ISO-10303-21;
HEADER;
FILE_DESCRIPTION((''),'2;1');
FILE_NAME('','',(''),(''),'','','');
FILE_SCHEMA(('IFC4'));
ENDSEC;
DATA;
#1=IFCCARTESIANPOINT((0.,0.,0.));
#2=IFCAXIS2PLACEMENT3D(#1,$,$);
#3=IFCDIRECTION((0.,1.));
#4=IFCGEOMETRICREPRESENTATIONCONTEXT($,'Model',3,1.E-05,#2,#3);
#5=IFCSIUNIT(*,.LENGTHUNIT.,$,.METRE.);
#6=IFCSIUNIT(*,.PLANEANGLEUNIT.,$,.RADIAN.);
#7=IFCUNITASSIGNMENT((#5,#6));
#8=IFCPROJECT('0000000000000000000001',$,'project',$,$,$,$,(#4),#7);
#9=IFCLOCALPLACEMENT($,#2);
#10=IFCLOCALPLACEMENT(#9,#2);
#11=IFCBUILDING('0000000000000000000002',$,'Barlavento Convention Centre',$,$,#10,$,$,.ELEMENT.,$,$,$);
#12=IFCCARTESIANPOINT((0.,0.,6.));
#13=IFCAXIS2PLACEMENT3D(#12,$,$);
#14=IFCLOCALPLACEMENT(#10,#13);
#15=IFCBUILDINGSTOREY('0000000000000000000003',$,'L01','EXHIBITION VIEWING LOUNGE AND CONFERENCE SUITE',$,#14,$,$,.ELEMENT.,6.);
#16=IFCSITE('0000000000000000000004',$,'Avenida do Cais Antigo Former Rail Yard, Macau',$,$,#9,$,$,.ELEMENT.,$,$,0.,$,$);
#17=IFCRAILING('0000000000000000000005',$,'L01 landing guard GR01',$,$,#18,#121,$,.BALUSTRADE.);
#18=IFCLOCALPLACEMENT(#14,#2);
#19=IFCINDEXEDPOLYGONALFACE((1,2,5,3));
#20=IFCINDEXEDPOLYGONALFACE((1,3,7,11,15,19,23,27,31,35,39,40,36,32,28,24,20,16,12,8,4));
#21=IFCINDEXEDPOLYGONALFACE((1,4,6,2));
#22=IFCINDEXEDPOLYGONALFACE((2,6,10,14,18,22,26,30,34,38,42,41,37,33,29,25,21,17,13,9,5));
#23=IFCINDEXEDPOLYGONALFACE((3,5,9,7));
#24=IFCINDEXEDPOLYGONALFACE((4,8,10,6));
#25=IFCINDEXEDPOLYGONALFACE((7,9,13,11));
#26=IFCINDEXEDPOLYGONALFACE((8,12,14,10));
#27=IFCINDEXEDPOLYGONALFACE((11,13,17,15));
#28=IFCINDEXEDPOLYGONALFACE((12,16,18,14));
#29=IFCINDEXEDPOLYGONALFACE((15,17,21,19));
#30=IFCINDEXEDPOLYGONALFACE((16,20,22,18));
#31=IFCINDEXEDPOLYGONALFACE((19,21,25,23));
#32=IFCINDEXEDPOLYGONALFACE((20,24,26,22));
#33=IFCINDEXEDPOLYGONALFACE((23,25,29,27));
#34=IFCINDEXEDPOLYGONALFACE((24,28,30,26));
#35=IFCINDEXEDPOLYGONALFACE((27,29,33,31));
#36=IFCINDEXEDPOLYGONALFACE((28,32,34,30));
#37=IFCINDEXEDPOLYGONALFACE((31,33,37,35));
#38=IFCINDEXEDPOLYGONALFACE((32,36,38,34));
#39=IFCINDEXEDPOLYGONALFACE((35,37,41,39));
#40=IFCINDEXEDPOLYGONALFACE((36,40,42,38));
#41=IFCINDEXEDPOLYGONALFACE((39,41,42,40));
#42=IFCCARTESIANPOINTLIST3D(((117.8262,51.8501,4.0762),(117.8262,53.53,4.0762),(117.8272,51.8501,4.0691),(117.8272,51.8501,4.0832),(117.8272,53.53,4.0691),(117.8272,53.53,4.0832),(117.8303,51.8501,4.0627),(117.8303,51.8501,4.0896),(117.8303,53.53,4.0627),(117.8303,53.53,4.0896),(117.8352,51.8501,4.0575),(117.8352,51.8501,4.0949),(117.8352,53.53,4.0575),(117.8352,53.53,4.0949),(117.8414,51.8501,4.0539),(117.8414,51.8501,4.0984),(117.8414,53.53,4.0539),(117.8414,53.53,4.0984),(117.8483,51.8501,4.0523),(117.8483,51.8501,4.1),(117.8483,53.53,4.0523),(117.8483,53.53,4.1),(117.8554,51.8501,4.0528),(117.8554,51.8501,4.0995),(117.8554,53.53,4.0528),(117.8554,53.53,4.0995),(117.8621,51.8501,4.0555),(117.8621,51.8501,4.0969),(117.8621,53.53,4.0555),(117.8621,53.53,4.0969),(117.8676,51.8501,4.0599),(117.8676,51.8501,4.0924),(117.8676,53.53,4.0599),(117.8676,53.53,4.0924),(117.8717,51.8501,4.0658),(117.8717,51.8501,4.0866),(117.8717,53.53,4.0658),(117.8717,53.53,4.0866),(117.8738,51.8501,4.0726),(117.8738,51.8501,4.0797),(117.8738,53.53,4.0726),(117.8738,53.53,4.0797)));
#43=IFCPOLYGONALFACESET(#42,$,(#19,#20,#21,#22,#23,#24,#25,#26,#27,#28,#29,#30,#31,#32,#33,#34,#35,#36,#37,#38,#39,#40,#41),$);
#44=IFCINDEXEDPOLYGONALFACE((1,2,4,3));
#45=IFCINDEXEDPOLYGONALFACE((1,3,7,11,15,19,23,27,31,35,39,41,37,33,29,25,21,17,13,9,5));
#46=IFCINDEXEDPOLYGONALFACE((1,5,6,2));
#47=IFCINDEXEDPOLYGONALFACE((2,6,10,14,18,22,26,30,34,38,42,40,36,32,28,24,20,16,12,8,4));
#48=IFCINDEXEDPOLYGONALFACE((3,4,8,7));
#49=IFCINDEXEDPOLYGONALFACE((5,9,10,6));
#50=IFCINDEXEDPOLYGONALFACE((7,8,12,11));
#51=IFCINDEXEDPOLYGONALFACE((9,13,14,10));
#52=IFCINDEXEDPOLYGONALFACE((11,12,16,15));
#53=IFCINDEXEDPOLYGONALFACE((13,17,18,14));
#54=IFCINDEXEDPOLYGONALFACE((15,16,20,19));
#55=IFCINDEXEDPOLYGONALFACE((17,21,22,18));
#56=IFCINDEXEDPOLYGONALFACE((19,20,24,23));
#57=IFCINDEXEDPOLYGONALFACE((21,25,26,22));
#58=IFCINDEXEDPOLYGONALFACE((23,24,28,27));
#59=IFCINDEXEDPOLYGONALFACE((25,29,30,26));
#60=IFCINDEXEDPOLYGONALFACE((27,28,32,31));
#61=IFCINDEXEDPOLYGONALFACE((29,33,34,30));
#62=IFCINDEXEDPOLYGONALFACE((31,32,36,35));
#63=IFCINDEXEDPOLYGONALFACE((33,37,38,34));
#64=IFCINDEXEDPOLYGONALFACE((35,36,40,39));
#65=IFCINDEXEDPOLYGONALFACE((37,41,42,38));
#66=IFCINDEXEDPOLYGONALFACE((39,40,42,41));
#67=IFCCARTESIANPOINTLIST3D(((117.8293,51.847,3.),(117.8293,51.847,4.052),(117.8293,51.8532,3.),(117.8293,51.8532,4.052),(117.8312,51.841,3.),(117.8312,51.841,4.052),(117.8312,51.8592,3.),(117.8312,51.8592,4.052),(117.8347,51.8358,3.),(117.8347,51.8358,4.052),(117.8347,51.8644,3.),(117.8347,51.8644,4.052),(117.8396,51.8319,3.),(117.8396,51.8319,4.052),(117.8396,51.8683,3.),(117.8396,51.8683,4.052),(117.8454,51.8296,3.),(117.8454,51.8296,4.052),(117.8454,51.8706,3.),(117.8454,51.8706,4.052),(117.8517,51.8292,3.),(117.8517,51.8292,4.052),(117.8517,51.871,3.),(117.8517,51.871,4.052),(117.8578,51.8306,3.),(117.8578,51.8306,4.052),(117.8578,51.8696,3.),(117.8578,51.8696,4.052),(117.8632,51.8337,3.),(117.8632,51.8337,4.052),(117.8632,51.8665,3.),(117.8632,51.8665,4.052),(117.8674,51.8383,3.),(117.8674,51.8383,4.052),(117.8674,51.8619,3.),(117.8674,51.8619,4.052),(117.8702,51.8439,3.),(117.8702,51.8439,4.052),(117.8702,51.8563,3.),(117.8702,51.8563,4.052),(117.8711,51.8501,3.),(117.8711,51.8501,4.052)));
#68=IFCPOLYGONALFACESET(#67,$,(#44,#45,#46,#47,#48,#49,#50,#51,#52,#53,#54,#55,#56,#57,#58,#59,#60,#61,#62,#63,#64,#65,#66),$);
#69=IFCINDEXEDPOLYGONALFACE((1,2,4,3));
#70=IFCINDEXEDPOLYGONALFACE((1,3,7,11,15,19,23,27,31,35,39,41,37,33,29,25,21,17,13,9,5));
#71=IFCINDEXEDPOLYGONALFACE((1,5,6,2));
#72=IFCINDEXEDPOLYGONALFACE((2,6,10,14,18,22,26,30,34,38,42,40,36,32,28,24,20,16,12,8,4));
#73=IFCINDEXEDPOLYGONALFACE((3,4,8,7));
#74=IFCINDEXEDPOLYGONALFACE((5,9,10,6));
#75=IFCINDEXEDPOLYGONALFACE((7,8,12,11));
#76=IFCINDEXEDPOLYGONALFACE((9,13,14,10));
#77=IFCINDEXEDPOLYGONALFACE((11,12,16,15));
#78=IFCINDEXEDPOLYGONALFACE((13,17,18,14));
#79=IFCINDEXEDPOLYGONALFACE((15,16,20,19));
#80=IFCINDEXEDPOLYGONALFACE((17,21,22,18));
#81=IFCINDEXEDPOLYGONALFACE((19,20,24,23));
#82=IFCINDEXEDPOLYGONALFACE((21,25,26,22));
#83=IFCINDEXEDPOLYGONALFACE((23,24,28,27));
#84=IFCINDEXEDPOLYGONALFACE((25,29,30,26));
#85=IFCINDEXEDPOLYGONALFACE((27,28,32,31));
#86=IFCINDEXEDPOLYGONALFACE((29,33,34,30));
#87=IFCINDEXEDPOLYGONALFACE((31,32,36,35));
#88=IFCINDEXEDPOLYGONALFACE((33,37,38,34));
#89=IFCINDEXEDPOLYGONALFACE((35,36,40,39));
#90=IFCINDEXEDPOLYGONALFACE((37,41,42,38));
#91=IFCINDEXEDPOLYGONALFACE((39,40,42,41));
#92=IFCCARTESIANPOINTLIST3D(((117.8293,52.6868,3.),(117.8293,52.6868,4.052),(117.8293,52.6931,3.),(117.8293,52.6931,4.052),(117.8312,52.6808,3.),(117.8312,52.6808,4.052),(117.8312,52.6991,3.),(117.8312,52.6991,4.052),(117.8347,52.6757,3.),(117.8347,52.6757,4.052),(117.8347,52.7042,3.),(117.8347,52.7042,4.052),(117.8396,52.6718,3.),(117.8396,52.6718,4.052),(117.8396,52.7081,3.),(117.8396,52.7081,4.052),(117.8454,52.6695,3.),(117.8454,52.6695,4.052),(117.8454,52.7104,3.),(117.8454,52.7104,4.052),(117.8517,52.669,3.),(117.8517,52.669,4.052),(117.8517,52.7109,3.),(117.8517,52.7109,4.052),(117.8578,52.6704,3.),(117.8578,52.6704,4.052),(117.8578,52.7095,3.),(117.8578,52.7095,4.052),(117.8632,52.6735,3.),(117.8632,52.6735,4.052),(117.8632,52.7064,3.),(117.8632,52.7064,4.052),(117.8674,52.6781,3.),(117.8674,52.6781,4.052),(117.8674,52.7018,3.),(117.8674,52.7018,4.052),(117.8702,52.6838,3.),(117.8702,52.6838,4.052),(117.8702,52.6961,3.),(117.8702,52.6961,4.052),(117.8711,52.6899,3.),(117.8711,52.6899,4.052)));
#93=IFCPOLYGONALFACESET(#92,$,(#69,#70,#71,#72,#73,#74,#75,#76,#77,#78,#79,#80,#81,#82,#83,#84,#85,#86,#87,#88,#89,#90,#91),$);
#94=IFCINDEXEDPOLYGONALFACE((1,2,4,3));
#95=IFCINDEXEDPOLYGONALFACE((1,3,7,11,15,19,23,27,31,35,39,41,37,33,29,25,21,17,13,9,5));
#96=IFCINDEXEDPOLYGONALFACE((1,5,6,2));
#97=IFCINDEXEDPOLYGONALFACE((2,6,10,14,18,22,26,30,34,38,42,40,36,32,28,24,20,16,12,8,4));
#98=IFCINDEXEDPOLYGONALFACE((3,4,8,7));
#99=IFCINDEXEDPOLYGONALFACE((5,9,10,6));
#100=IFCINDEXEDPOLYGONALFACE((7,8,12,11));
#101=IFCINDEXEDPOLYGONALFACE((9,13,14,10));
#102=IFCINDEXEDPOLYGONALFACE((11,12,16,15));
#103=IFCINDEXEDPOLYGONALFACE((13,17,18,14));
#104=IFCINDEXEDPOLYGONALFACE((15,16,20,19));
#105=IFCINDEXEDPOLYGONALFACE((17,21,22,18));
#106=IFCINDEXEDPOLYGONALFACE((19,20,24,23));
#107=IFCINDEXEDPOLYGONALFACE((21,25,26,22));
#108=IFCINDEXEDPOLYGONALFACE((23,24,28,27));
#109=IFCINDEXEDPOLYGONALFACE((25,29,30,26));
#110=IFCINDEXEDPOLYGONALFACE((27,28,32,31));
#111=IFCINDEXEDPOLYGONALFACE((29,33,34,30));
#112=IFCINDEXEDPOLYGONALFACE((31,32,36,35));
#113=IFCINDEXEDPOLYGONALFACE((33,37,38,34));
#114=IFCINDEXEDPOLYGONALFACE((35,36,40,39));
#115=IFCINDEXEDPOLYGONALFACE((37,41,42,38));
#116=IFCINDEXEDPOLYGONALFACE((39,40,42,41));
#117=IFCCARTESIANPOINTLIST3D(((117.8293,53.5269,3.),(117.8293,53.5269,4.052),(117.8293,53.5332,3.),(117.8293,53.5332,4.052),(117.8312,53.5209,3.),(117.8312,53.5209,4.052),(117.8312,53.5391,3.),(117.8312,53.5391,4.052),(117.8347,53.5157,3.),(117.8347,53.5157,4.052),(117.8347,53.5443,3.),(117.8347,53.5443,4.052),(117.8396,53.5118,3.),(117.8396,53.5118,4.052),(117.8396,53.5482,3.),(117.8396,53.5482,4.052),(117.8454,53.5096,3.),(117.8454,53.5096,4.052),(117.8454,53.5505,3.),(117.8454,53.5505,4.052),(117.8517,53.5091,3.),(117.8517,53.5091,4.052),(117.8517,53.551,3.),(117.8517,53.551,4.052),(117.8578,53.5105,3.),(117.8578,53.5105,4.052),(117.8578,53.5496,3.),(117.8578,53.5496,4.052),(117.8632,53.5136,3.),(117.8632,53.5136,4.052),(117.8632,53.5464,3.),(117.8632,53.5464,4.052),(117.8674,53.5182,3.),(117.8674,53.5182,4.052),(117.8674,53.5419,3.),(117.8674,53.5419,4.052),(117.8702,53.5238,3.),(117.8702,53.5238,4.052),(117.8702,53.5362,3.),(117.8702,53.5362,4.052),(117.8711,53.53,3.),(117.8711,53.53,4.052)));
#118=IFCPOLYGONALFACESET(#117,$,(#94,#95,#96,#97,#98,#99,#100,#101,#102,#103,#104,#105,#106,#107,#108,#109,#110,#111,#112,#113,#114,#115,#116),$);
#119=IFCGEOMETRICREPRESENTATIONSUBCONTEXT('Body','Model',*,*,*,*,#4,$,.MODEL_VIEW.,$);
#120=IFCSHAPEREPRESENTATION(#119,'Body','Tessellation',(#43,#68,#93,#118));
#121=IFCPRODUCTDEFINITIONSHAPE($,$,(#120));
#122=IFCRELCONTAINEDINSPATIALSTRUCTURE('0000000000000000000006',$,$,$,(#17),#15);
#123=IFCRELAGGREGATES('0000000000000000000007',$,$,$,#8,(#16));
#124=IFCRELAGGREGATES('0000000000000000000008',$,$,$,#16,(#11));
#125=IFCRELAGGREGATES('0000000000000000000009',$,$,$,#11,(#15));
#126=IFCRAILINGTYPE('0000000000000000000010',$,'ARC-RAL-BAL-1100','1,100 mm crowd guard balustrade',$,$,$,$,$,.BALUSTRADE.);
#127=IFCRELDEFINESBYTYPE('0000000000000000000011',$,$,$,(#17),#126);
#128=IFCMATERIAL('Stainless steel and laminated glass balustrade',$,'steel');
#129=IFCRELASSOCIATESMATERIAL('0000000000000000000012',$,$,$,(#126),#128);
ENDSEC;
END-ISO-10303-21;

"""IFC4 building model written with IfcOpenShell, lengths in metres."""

from ifc_helpers import new_model, si_unit, direction, frame, origin, origin_2d, place, context, subcontext, project, spatial, circle, extrude, material, type_object, element, save


model = new_model("IFC4")

# Units and contexts
model_context = context("Model", 3, precision=1e-05, world=origin(), true_north=direction((0.0, 1.0)))
body_context = subcontext(model_context, "Body", "Model", "MODEL_VIEW")
ifc_project = project(units=[si_unit("LENGTHUNIT", "METRE"), si_unit("PLANEANGLEUNIT", "RADIAN")], contexts=[model_context])

# Site, building, storey
site_placement = place(None, origin())
site = spatial("IfcSite", under=ifc_project, at=site_placement, Name="Avenida do Cais Antigo Former Rail Yard, Macau", CompositionType="ELEMENT", RefElevation=0.0)
building_placement = place(site_placement, origin())
building = spatial("IfcBuilding", under=site, at=building_placement, Name="Barlavento Convention Centre", CompositionType="ELEMENT")
storey_placement = place(building_placement, frame((0.0, 0.0, 6.0)))
storey = spatial("IfcBuildingStorey", under=building, at=storey_placement, Name="L01", Description="EXHIBITION VIEWING LOUNGE AND CONFERENCE SUITE", CompositionType="ELEMENT", Elevation=6.0)

# Railing
ifc_material_1 = material(Name="Stainless steel and laminated glass balustrade", Category="steel")
railing_type_1 = type_object("IfcRailingType", Name="ARC-RAL-BAL-1100", Description="1,100 mm crowd guard balustrade", PredefinedType="BALUSTRADE", material=ifc_material_1)
for number, where, name in (
    (1, (117.8501, 51.8501, 3.0), "L01 landing guard GR01"),
):
    element("IfcRailing", number, at=place(storey_placement, frame(where)), inside=storey, type_object=railing_type_1, Name=name, PredefinedType="BALUSTRADE", context=body_context, shape_type="SweptSolid", body=[
        extrude(circle(Radius=0.0239, at=origin_2d()), frame((0.0, 0.0, 1.0762), z_axis=(0.0, 1.0, 0.0), x_axis=(-1.0, 0.0, 0.0)), (0.0, 0.0, 1.0), 1.6799),
        extrude(circle(Radius=0.021, at=origin_2d()), origin(), (0.0, 0.0, 1.0), 1.052),
        extrude(circle(Radius=0.021, at=origin_2d()), frame((0.0, 0.8398, 0.0)), (0.0, 0.0, 1.0), 1.052),
        extrude(circle(Radius=0.021, at=origin_2d()), frame((0.0, 1.6799, 0.0)), (0.0, 0.0, 1.0), 1.052),
    ])

save(model, "model.ifc")
